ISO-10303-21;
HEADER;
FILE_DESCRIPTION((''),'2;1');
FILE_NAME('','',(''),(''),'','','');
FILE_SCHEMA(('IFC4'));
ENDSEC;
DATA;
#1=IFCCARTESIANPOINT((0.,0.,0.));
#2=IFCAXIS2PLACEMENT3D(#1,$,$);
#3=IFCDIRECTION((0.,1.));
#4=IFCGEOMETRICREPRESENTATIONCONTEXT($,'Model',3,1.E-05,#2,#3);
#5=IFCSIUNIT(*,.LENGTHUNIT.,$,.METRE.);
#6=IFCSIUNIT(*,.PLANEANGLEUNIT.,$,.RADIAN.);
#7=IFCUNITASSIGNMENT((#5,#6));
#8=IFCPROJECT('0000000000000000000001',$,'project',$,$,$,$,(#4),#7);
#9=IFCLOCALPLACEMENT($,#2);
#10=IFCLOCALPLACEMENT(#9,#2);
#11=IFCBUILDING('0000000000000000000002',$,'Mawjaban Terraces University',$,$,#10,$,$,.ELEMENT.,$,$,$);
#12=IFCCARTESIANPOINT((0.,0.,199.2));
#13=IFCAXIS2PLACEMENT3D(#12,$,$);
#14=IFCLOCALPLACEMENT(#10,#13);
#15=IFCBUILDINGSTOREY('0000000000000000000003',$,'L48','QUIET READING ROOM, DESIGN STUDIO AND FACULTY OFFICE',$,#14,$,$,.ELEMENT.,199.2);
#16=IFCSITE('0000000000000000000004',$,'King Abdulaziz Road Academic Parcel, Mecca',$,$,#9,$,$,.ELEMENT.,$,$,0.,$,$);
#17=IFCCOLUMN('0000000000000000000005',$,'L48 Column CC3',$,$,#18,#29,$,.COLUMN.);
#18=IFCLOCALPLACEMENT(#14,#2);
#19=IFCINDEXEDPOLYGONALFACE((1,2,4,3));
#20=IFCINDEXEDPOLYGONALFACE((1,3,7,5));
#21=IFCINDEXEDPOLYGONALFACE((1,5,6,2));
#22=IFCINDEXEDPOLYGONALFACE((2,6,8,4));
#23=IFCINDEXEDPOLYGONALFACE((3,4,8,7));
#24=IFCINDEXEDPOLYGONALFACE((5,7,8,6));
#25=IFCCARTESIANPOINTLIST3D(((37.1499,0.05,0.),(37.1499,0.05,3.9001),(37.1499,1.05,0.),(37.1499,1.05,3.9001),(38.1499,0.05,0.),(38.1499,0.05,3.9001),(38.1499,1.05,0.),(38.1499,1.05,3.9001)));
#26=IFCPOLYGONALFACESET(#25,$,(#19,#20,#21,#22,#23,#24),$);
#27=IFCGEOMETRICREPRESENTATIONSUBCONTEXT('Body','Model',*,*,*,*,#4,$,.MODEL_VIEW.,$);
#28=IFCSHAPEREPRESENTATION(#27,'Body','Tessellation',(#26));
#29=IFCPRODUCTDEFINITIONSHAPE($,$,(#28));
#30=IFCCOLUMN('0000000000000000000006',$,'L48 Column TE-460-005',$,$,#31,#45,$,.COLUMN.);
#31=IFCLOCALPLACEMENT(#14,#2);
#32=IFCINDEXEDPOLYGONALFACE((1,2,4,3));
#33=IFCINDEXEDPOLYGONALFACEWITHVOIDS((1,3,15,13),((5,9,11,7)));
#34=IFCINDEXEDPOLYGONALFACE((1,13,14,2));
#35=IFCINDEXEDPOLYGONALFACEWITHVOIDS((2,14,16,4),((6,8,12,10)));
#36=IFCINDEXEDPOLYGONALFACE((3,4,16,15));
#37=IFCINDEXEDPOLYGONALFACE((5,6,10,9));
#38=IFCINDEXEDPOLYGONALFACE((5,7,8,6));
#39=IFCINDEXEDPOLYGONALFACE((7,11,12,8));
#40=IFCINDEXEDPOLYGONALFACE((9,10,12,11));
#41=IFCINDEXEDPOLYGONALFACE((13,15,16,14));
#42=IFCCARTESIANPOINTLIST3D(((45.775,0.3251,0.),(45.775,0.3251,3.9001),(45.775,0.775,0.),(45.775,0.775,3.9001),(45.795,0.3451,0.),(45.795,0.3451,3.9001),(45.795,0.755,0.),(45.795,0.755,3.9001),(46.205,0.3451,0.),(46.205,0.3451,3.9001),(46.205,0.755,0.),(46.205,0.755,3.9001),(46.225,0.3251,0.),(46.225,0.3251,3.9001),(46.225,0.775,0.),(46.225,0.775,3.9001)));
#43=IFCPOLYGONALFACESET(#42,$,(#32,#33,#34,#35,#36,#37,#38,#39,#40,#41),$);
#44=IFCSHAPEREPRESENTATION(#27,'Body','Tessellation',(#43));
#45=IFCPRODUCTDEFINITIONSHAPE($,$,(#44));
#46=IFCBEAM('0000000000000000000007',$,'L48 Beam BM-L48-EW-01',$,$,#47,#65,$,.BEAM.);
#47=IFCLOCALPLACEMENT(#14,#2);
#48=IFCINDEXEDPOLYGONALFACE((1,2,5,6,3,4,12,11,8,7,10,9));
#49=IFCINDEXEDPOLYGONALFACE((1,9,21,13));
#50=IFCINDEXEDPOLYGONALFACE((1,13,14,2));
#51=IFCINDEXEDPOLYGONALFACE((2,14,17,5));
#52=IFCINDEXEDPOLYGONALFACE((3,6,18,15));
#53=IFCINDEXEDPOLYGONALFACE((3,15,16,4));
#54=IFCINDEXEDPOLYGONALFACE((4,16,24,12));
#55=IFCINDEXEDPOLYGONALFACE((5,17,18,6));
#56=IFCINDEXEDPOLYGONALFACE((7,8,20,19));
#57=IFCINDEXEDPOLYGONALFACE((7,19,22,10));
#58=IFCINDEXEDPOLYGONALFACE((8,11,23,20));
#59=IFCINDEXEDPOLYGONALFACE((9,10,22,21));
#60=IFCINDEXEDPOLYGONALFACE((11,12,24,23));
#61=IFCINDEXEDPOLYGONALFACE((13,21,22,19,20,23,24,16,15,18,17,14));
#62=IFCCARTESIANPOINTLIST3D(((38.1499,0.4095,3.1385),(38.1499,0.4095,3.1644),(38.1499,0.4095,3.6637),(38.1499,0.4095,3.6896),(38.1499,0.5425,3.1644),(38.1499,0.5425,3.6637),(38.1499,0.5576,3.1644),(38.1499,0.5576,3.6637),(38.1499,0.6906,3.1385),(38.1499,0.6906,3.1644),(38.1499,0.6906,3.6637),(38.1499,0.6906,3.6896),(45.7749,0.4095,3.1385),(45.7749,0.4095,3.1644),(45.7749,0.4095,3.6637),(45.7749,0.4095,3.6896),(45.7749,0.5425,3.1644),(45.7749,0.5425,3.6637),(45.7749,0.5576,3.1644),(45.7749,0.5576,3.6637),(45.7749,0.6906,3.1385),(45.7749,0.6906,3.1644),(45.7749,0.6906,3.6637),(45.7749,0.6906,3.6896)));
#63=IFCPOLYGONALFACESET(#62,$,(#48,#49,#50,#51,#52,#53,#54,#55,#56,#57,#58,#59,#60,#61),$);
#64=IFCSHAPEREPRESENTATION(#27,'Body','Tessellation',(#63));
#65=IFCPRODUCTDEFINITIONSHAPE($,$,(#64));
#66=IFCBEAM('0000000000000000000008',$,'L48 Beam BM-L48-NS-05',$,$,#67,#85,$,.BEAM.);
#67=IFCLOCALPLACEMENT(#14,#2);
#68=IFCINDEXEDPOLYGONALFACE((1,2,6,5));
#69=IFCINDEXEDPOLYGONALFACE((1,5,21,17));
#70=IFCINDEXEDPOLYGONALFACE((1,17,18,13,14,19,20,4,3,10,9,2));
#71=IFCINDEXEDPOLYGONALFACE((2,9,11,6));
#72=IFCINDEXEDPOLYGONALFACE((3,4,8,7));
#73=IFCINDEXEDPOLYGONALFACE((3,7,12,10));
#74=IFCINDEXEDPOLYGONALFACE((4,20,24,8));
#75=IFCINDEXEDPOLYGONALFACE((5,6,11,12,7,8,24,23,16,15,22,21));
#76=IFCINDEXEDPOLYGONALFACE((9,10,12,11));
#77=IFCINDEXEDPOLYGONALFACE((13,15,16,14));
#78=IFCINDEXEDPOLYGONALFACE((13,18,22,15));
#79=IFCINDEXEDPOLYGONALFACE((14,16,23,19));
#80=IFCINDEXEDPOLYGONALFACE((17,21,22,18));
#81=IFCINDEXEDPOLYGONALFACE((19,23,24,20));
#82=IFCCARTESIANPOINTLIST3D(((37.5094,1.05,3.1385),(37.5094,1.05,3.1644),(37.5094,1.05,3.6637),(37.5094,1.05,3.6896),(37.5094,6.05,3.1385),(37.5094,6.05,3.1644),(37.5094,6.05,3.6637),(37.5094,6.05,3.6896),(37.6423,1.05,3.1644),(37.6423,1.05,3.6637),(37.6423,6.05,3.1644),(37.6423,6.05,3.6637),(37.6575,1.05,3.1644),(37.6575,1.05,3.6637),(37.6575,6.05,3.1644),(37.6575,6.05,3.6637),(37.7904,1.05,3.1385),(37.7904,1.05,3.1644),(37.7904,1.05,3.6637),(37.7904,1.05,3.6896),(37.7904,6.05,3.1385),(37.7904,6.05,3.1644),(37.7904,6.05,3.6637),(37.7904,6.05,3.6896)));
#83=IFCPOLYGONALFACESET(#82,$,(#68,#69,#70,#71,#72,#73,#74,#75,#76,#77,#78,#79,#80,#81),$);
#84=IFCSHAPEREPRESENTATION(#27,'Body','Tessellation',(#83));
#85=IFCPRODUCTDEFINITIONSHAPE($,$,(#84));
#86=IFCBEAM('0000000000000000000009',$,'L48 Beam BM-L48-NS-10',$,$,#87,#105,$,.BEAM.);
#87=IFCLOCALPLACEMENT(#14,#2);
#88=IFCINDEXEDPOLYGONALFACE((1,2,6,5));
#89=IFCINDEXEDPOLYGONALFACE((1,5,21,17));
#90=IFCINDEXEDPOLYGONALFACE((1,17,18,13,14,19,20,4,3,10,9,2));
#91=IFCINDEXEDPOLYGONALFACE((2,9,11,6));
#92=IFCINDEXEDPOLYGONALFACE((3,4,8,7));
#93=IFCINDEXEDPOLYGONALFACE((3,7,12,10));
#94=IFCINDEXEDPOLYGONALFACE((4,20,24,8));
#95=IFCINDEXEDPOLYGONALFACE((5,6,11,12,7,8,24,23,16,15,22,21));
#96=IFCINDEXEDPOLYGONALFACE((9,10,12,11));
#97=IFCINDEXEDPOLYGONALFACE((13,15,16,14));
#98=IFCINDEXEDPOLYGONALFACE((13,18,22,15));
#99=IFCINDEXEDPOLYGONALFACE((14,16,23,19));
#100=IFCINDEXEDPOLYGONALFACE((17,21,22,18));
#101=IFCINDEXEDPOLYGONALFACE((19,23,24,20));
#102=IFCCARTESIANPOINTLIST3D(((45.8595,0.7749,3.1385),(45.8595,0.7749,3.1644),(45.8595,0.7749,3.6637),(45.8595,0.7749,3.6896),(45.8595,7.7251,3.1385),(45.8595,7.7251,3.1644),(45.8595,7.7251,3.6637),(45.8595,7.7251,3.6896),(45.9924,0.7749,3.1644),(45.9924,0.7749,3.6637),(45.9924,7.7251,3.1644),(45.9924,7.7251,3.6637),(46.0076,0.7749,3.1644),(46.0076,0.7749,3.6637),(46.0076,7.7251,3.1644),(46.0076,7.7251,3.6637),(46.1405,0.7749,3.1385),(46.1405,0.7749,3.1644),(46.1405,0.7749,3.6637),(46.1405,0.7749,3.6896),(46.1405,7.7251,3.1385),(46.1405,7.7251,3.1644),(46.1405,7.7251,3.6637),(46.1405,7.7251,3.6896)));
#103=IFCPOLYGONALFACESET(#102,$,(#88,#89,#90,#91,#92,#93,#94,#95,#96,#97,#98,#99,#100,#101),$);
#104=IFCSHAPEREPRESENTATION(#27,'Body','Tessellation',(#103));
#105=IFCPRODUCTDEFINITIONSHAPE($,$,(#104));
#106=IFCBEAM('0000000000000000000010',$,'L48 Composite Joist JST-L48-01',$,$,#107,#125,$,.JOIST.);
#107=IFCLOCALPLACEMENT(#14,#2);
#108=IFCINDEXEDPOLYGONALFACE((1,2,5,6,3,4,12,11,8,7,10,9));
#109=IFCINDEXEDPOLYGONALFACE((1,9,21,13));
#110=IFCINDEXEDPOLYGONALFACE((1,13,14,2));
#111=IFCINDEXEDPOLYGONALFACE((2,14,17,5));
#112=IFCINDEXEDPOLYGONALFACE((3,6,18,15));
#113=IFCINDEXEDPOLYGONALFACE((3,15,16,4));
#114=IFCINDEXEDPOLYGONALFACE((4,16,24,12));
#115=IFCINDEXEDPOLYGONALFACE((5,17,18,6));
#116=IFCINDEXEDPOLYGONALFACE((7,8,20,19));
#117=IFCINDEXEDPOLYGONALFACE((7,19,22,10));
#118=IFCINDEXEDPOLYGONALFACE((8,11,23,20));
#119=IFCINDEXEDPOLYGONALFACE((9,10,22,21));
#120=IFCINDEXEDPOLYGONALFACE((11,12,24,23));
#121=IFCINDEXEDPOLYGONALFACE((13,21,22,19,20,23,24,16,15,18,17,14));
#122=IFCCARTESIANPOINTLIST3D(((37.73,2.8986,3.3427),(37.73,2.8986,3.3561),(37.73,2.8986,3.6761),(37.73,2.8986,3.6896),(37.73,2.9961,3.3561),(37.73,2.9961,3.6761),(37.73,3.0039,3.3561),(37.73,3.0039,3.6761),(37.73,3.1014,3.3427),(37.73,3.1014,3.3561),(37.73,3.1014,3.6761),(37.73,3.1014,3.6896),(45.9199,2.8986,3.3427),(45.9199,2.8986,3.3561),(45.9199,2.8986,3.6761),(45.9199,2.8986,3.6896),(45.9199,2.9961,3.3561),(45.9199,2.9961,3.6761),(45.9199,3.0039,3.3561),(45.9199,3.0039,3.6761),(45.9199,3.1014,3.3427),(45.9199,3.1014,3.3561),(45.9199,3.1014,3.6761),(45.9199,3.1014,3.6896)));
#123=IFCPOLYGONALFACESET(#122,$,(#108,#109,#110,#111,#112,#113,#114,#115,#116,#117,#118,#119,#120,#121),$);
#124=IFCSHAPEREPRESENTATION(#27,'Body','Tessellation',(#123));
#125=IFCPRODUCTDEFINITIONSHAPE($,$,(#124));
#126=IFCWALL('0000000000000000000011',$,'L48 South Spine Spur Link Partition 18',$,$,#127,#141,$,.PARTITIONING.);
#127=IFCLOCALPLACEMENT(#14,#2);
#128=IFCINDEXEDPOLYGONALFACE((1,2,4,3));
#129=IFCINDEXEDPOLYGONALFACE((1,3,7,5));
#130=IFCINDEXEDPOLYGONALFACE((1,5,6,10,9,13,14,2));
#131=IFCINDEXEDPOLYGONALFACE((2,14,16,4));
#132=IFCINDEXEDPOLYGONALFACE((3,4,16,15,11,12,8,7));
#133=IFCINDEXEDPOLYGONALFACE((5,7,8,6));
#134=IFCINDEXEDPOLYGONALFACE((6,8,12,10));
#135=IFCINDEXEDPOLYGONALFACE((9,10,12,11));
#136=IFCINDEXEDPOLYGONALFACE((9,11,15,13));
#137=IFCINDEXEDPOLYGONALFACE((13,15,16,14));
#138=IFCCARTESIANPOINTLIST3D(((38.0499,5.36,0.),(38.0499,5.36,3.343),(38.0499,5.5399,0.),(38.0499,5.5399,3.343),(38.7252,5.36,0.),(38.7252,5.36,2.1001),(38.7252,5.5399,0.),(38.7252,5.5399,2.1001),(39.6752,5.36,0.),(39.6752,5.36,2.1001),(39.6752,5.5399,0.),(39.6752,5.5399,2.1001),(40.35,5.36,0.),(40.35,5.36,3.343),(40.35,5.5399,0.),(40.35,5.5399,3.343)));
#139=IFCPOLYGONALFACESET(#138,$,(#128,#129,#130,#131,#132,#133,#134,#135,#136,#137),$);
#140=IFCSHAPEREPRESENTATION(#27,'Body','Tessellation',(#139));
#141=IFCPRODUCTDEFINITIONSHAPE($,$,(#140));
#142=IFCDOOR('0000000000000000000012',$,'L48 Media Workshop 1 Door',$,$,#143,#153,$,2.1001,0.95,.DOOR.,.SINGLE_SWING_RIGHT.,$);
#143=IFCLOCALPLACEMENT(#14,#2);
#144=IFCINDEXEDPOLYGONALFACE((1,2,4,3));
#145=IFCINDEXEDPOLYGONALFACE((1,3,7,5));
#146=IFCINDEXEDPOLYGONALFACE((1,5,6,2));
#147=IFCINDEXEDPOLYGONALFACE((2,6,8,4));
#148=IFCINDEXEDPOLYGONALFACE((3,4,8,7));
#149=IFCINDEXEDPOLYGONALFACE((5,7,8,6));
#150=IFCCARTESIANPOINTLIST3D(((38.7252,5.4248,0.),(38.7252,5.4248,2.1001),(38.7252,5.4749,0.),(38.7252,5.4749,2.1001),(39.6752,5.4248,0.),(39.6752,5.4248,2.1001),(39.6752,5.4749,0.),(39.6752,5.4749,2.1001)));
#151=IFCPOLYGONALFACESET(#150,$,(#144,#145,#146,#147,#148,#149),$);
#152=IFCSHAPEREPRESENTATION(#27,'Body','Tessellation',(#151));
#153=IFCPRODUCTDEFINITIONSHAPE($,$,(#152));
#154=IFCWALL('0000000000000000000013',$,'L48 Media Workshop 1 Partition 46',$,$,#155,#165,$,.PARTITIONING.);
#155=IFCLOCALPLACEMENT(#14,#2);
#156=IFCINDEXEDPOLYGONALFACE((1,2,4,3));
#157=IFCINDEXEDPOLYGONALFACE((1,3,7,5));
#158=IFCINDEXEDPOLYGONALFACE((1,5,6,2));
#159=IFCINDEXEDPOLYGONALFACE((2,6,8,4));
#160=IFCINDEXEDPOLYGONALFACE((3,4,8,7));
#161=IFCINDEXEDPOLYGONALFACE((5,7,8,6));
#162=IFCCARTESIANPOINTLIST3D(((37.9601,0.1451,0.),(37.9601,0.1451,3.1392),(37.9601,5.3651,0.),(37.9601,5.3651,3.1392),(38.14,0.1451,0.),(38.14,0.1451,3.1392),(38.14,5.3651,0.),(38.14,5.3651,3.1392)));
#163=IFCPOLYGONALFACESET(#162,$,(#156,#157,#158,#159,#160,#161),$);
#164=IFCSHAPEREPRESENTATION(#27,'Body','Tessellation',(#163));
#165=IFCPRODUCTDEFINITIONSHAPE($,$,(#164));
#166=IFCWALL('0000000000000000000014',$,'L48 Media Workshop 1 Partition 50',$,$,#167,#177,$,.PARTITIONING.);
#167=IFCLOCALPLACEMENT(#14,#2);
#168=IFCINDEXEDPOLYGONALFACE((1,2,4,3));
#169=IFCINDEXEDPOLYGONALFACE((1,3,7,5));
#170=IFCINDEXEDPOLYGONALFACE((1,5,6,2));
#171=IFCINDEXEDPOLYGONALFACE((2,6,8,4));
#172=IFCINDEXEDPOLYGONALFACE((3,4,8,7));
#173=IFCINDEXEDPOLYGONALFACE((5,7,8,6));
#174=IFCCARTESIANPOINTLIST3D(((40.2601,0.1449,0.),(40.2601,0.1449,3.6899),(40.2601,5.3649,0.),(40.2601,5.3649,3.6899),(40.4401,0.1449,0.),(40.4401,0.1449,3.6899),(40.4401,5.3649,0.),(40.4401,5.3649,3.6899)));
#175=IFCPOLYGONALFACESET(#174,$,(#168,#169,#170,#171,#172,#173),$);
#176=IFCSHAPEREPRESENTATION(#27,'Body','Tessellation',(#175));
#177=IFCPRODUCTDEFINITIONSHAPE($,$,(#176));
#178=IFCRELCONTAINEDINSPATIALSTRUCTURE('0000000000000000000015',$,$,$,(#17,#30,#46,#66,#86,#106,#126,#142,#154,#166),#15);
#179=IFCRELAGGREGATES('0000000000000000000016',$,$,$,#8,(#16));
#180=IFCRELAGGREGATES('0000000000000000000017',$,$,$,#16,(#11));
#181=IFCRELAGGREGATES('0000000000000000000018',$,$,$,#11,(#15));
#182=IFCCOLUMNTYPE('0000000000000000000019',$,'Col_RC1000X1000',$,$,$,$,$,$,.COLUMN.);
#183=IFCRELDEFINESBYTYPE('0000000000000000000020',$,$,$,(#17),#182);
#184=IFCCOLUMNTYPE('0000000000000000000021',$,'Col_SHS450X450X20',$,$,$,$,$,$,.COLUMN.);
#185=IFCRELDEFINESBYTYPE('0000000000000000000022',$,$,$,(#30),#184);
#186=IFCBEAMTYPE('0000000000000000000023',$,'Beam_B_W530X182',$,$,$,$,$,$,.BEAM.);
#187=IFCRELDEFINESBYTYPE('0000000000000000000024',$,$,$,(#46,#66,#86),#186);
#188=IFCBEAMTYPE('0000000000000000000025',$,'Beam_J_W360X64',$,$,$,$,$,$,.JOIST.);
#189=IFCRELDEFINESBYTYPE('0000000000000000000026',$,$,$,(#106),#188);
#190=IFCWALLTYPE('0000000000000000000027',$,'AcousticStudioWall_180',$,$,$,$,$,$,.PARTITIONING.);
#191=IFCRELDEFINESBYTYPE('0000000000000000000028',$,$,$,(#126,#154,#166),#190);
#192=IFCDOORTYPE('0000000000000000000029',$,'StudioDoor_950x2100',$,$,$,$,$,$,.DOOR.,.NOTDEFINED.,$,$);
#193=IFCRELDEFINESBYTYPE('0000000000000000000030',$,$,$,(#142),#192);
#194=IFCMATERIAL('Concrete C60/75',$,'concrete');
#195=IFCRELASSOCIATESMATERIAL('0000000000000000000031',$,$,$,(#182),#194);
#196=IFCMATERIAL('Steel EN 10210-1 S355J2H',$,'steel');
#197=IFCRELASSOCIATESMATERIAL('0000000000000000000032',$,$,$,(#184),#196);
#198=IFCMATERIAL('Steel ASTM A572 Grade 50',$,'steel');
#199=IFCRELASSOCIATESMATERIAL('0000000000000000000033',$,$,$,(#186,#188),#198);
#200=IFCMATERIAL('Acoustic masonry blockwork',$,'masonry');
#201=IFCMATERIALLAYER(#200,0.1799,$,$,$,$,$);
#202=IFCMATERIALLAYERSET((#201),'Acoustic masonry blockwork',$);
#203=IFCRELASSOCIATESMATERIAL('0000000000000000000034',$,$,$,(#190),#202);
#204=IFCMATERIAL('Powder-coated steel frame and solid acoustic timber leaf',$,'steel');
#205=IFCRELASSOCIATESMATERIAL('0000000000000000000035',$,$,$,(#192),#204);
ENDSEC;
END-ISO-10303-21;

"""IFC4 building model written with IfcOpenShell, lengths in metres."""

from ifc_helpers import new_model, si_unit, direction, frame, frame_2d, origin, origin_2d, place, context, subcontext, project, spatial, rectangle, hollow_rectangle, i_section, extrude, material, layer, layer_set, material_profile, profile_set, type_object, element, fill, save


model = new_model("IFC4")

# Units and contexts
model_context = context("Model", 3, precision=1e-05, world=origin(), true_north=direction((0.0, 1.0)))
body_context = subcontext(model_context, "Body", "Model", "MODEL_VIEW")
ifc_project = project(units=[si_unit("LENGTHUNIT", "METRE"), si_unit("PLANEANGLEUNIT", "RADIAN")], contexts=[model_context])

# Site, building, storey
site_placement = place(None, origin())
site = spatial("IfcSite", under=ifc_project, at=site_placement, Name="King Abdulaziz Road Academic Parcel, Mecca", CompositionType="ELEMENT", RefElevation=0.0)
building_placement = place(site_placement, origin())
building = spatial("IfcBuilding", under=site, at=building_placement, Name="Mawjaban Terraces University", CompositionType="ELEMENT")
storey_placement = place(building_placement, frame((0.0, 0.0, 199.2)))
storey = spatial("IfcBuildingStorey", under=building, at=storey_placement, Name="L48", Description="QUIET READING ROOM, DESIGN STUDIO AND FACULTY OFFICE", CompositionType="ELEMENT", Elevation=199.2)

# Columns
ifc_material_1 = material(Name="Concrete C60/75", Category="concrete")
ifc_material_profile_1 = material_profile(ifc_material_1, rectangle(XDim=1.0, YDim=1.0, at=origin_2d()), Name="RC1000X1000")
ifc_profile_set_1 = profile_set([ifc_material_profile_1], Name="Concrete C60/75")
column_type_1 = type_object("IfcColumnType", Name="Col_RC1000X1000", PredefinedType="COLUMN", material=ifc_profile_set_1)
column_1_placement = place(storey_placement, frame((37.6499, 0.55, 0.0), z_axis=(0.0, 0.0, 1.0), x_axis=(1.0, 0.0, 0.0)))
element("IfcColumn", 1, at=column_1_placement, inside=storey, type_object=column_type_1, Name="L48 Column CC3", PredefinedType="COLUMN", context=body_context, shape_type="SweptSolid", body=[
    extrude(rectangle(XDim=1.0, YDim=1.0, at=origin_2d()), origin(), (0.0, 0.0, 1.0), 3.9001),
])
ifc_material_2 = material(Name="Steel EN 10210-1 S355J2H", Category="steel")
ifc_material_profile_2 = material_profile(ifc_material_2, hollow_rectangle(XDim=0.45, YDim=0.45, WallThickness=0.02, at=origin_2d()), Name="SHS450X450X20")
ifc_profile_set_2 = profile_set([ifc_material_profile_2], Name="Steel EN 10210-1 S355J2H")
column_type_2 = type_object("IfcColumnType", Name="Col_SHS450X450X20", PredefinedType="COLUMN", material=ifc_profile_set_2)
column_2_placement = place(storey_placement, frame((46.0, 0.55, 0.0), z_axis=(0.0, 0.0, 1.0), x_axis=(1.0, 0.0, 0.0)))
element("IfcColumn", 2, at=column_2_placement, inside=storey, type_object=column_type_2, Name="L48 Column TE-460-005", PredefinedType="COLUMN", context=body_context, shape_type="SweptSolid", body=[
    extrude(hollow_rectangle(XDim=0.45, YDim=0.45, WallThickness=0.02, at=origin_2d()), origin(), (0.0, 0.0, 1.0), 3.9001),
])

# Beams
ifc_material_3 = material(Name="Steel ASTM A572 Grade 50", Category="steel")
ifc_material_profile_3 = material_profile(ifc_material_3, i_section(OverallWidth=0.281, OverallDepth=0.551, WebThickness=0.0151, FlangeThickness=0.0259, at=origin_2d()), Name="W530X182")
ifc_profile_set_3 = profile_set([ifc_material_profile_3], Name="Steel ASTM A572 Grade 50")
beam_type_1 = type_object("IfcBeamType", Name="Beam_B_W530X182", PredefinedType="BEAM", material=ifc_profile_set_3)
beam_1_placement = place(storey_placement, frame((38.1499, 0.55, 3.4141), z_axis=(1.0, 0.0, 0.0), x_axis=(0.0, 1.0, 0.0)))
element("IfcBeam", 3, at=beam_1_placement, inside=storey, type_object=beam_type_1, Name="L48 Beam BM-L48-EW-01", PredefinedType="BEAM", context=body_context, shape_type="SweptSolid", body=[
    extrude(i_section(OverallWidth=0.281, OverallDepth=0.551, WebThickness=0.0151, FlangeThickness=0.0259, at=origin_2d()), origin(), (0.0, 0.0, 1.0), 7.625),
])
beam_2_placement = place(storey_placement, frame((37.6499, 1.05, 3.4141), z_axis=(0.0, 1.0, 0.0), x_axis=(-1.0, 0.0, 0.0)))
element("IfcBeam", 4, at=beam_2_placement, inside=storey, type_object=beam_type_1, Name="L48 Beam BM-L48-NS-05", PredefinedType="BEAM", context=body_context, shape_type="SweptSolid", body=[
    extrude(i_section(OverallWidth=0.281, OverallDepth=0.551, WebThickness=0.0151, FlangeThickness=0.0259, at=origin_2d()), origin(), (0.0, 0.0, 1.0), 5.0),
])
beam_3_placement = place(storey_placement, frame((46.0, 0.7749, 3.4141), z_axis=(0.0, 1.0, 0.0), x_axis=(-1.0, 0.0, 0.0)))
element("IfcBeam", 5, at=beam_3_placement, inside=storey, type_object=beam_type_1, Name="L48 Beam BM-L48-NS-10", PredefinedType="BEAM", context=body_context, shape_type="SweptSolid", body=[
    extrude(i_section(OverallWidth=0.281, OverallDepth=0.551, WebThickness=0.0151, FlangeThickness=0.0259, at=origin_2d()), origin(), (0.0, 0.0, 1.0), 6.9502),
])
ifc_material_profile_4 = material_profile(ifc_material_3, i_section(OverallWidth=0.2029, OverallDepth=0.3469, WebThickness=0.0078, FlangeThickness=0.0134, at=origin_2d()), Name="W360X64")
ifc_profile_set_4 = profile_set([ifc_material_profile_4], Name="Steel ASTM A572 Grade 50")
beam_type_2 = type_object("IfcBeamType", Name="Beam_J_W360X64", PredefinedType="JOIST", material=ifc_profile_set_4)
beam_4_placement = place(storey_placement, frame((37.73, 3.0, 3.5161), z_axis=(1.0, 0.0, 0.0), x_axis=(0.0, 1.0, 0.0)))
element("IfcBeam", 6, at=beam_4_placement, inside=storey, type_object=beam_type_2, Name="L48 Composite Joist JST-L48-01", PredefinedType="JOIST", context=body_context, shape_type="SweptSolid", body=[
    extrude(i_section(OverallWidth=0.2029, OverallDepth=0.3469, WebThickness=0.0078, FlangeThickness=0.0134, at=origin_2d()), origin(), (0.0, 0.0, 1.0), 8.1899),
])

# Wall, opening, door
ifc_material_4 = material(Name="Acoustic masonry blockwork", Category="masonry")
ifc_layer_1 = layer(ifc_material_4, 0.1799)
ifc_layer_set_1 = layer_set([ifc_layer_1], Name="Acoustic masonry blockwork")
wall_type_1 = type_object("IfcWallType", Name="AcousticStudioWall_180", PredefinedType="PARTITIONING", material=ifc_layer_set_1)
wall_1_placement = place(storey_placement, frame((38.05, 5.45, 0.0), z_axis=(0.0, 0.0, 1.0), x_axis=(1.0, 0.0, 0.0)))
wall_1 = element("IfcWall", 7, at=wall_1_placement, inside=storey, type_object=wall_type_1, Name="L48 South Spine Spur Link Partition 18", PredefinedType="PARTITIONING", context=body_context, shape_type="SweptSolid", body=[
    extrude(rectangle(XDim=2.3, YDim=0.1799, at=frame_2d((1.1499, 0.0))), origin(), (0.0, 0.0, 1.0), 3.343),
])
opening_1_placement = place(wall_1_placement, frame((0.675, 0.0, 0.0)))
opening_1 = element("IfcOpeningElement", 8, at=opening_1_placement, cuts=wall_1, PredefinedType="OPENING", context=body_context, shape_type="SweptSolid", body=[
    extrude(rectangle(XDim=0.95, YDim=2.1001, at=frame_2d((0.4751, 1.05))), frame((0.0, 0.0999, 0.0), z_axis=(0.0, -1.0, 0.0), x_axis=(1.0, 0.0, 0.0)), (0.0, 0.0, 1.0), 0.2),
])
ifc_material_5 = material(Name="Powder-coated steel frame and solid acoustic timber leaf", Category="steel")
door_type_1 = type_object("IfcDoorType", Name="StudioDoor_950x2100", OperationType="NOTDEFINED", PredefinedType="DOOR", material=ifc_material_5)
door_1_placement = place(opening_1_placement, origin())
door_1 = element("IfcDoor", 9, at=door_1_placement, inside=storey, type_object=door_type_1, Name="L48 Media Workshop 1 Door", OperationType="SINGLE_SWING_RIGHT", OverallHeight=2.1001, OverallWidth=0.95, PredefinedType="DOOR", context=body_context, shape_type="SweptSolid", body=[
    extrude(rectangle(XDim=0.95, YDim=2.1001, at=frame_2d((0.4751, 1.05))), frame((0.0, 0.0249, 0.0), z_axis=(0.0, -1.0, 0.0), x_axis=(1.0, 0.0, 0.0)), (0.0, 0.0, 1.0), 0.05),
])
fill(opening_1, door_1)

# Walls
wall_2_placement = place(storey_placement, frame((38.05, 5.365, 0.0), z_axis=(0.0, 0.0, 1.0), x_axis=(0.0, -1.0, 0.0)))
element("IfcWall", 10, at=wall_2_placement, inside=storey, type_object=wall_type_1, Name="L48 Media Workshop 1 Partition 46", PredefinedType="PARTITIONING", context=body_context, shape_type="SweptSolid", body=[
    extrude(rectangle(XDim=5.22, YDim=0.1799, at=frame_2d((2.6099, 0.0))), origin(), (0.0, 0.0, 1.0), 3.1392),
])
wall_3_placement = place(storey_placement, frame((40.3501, 0.145, 0.0), z_axis=(0.0, 0.0, 1.0), x_axis=(0.0, 1.0, 0.0)))
element("IfcWall", 11, at=wall_3_placement, inside=storey, type_object=wall_type_1, Name="L48 Media Workshop 1 Partition 50", PredefinedType="PARTITIONING", context=body_context, shape_type="SweptSolid", body=[
    extrude(rectangle(XDim=5.22, YDim=0.1799, at=frame_2d((2.6099, 0.0))), origin(), (0.0, 0.0, 1.0), 3.6899),
])

save(model, "model.ifc")
